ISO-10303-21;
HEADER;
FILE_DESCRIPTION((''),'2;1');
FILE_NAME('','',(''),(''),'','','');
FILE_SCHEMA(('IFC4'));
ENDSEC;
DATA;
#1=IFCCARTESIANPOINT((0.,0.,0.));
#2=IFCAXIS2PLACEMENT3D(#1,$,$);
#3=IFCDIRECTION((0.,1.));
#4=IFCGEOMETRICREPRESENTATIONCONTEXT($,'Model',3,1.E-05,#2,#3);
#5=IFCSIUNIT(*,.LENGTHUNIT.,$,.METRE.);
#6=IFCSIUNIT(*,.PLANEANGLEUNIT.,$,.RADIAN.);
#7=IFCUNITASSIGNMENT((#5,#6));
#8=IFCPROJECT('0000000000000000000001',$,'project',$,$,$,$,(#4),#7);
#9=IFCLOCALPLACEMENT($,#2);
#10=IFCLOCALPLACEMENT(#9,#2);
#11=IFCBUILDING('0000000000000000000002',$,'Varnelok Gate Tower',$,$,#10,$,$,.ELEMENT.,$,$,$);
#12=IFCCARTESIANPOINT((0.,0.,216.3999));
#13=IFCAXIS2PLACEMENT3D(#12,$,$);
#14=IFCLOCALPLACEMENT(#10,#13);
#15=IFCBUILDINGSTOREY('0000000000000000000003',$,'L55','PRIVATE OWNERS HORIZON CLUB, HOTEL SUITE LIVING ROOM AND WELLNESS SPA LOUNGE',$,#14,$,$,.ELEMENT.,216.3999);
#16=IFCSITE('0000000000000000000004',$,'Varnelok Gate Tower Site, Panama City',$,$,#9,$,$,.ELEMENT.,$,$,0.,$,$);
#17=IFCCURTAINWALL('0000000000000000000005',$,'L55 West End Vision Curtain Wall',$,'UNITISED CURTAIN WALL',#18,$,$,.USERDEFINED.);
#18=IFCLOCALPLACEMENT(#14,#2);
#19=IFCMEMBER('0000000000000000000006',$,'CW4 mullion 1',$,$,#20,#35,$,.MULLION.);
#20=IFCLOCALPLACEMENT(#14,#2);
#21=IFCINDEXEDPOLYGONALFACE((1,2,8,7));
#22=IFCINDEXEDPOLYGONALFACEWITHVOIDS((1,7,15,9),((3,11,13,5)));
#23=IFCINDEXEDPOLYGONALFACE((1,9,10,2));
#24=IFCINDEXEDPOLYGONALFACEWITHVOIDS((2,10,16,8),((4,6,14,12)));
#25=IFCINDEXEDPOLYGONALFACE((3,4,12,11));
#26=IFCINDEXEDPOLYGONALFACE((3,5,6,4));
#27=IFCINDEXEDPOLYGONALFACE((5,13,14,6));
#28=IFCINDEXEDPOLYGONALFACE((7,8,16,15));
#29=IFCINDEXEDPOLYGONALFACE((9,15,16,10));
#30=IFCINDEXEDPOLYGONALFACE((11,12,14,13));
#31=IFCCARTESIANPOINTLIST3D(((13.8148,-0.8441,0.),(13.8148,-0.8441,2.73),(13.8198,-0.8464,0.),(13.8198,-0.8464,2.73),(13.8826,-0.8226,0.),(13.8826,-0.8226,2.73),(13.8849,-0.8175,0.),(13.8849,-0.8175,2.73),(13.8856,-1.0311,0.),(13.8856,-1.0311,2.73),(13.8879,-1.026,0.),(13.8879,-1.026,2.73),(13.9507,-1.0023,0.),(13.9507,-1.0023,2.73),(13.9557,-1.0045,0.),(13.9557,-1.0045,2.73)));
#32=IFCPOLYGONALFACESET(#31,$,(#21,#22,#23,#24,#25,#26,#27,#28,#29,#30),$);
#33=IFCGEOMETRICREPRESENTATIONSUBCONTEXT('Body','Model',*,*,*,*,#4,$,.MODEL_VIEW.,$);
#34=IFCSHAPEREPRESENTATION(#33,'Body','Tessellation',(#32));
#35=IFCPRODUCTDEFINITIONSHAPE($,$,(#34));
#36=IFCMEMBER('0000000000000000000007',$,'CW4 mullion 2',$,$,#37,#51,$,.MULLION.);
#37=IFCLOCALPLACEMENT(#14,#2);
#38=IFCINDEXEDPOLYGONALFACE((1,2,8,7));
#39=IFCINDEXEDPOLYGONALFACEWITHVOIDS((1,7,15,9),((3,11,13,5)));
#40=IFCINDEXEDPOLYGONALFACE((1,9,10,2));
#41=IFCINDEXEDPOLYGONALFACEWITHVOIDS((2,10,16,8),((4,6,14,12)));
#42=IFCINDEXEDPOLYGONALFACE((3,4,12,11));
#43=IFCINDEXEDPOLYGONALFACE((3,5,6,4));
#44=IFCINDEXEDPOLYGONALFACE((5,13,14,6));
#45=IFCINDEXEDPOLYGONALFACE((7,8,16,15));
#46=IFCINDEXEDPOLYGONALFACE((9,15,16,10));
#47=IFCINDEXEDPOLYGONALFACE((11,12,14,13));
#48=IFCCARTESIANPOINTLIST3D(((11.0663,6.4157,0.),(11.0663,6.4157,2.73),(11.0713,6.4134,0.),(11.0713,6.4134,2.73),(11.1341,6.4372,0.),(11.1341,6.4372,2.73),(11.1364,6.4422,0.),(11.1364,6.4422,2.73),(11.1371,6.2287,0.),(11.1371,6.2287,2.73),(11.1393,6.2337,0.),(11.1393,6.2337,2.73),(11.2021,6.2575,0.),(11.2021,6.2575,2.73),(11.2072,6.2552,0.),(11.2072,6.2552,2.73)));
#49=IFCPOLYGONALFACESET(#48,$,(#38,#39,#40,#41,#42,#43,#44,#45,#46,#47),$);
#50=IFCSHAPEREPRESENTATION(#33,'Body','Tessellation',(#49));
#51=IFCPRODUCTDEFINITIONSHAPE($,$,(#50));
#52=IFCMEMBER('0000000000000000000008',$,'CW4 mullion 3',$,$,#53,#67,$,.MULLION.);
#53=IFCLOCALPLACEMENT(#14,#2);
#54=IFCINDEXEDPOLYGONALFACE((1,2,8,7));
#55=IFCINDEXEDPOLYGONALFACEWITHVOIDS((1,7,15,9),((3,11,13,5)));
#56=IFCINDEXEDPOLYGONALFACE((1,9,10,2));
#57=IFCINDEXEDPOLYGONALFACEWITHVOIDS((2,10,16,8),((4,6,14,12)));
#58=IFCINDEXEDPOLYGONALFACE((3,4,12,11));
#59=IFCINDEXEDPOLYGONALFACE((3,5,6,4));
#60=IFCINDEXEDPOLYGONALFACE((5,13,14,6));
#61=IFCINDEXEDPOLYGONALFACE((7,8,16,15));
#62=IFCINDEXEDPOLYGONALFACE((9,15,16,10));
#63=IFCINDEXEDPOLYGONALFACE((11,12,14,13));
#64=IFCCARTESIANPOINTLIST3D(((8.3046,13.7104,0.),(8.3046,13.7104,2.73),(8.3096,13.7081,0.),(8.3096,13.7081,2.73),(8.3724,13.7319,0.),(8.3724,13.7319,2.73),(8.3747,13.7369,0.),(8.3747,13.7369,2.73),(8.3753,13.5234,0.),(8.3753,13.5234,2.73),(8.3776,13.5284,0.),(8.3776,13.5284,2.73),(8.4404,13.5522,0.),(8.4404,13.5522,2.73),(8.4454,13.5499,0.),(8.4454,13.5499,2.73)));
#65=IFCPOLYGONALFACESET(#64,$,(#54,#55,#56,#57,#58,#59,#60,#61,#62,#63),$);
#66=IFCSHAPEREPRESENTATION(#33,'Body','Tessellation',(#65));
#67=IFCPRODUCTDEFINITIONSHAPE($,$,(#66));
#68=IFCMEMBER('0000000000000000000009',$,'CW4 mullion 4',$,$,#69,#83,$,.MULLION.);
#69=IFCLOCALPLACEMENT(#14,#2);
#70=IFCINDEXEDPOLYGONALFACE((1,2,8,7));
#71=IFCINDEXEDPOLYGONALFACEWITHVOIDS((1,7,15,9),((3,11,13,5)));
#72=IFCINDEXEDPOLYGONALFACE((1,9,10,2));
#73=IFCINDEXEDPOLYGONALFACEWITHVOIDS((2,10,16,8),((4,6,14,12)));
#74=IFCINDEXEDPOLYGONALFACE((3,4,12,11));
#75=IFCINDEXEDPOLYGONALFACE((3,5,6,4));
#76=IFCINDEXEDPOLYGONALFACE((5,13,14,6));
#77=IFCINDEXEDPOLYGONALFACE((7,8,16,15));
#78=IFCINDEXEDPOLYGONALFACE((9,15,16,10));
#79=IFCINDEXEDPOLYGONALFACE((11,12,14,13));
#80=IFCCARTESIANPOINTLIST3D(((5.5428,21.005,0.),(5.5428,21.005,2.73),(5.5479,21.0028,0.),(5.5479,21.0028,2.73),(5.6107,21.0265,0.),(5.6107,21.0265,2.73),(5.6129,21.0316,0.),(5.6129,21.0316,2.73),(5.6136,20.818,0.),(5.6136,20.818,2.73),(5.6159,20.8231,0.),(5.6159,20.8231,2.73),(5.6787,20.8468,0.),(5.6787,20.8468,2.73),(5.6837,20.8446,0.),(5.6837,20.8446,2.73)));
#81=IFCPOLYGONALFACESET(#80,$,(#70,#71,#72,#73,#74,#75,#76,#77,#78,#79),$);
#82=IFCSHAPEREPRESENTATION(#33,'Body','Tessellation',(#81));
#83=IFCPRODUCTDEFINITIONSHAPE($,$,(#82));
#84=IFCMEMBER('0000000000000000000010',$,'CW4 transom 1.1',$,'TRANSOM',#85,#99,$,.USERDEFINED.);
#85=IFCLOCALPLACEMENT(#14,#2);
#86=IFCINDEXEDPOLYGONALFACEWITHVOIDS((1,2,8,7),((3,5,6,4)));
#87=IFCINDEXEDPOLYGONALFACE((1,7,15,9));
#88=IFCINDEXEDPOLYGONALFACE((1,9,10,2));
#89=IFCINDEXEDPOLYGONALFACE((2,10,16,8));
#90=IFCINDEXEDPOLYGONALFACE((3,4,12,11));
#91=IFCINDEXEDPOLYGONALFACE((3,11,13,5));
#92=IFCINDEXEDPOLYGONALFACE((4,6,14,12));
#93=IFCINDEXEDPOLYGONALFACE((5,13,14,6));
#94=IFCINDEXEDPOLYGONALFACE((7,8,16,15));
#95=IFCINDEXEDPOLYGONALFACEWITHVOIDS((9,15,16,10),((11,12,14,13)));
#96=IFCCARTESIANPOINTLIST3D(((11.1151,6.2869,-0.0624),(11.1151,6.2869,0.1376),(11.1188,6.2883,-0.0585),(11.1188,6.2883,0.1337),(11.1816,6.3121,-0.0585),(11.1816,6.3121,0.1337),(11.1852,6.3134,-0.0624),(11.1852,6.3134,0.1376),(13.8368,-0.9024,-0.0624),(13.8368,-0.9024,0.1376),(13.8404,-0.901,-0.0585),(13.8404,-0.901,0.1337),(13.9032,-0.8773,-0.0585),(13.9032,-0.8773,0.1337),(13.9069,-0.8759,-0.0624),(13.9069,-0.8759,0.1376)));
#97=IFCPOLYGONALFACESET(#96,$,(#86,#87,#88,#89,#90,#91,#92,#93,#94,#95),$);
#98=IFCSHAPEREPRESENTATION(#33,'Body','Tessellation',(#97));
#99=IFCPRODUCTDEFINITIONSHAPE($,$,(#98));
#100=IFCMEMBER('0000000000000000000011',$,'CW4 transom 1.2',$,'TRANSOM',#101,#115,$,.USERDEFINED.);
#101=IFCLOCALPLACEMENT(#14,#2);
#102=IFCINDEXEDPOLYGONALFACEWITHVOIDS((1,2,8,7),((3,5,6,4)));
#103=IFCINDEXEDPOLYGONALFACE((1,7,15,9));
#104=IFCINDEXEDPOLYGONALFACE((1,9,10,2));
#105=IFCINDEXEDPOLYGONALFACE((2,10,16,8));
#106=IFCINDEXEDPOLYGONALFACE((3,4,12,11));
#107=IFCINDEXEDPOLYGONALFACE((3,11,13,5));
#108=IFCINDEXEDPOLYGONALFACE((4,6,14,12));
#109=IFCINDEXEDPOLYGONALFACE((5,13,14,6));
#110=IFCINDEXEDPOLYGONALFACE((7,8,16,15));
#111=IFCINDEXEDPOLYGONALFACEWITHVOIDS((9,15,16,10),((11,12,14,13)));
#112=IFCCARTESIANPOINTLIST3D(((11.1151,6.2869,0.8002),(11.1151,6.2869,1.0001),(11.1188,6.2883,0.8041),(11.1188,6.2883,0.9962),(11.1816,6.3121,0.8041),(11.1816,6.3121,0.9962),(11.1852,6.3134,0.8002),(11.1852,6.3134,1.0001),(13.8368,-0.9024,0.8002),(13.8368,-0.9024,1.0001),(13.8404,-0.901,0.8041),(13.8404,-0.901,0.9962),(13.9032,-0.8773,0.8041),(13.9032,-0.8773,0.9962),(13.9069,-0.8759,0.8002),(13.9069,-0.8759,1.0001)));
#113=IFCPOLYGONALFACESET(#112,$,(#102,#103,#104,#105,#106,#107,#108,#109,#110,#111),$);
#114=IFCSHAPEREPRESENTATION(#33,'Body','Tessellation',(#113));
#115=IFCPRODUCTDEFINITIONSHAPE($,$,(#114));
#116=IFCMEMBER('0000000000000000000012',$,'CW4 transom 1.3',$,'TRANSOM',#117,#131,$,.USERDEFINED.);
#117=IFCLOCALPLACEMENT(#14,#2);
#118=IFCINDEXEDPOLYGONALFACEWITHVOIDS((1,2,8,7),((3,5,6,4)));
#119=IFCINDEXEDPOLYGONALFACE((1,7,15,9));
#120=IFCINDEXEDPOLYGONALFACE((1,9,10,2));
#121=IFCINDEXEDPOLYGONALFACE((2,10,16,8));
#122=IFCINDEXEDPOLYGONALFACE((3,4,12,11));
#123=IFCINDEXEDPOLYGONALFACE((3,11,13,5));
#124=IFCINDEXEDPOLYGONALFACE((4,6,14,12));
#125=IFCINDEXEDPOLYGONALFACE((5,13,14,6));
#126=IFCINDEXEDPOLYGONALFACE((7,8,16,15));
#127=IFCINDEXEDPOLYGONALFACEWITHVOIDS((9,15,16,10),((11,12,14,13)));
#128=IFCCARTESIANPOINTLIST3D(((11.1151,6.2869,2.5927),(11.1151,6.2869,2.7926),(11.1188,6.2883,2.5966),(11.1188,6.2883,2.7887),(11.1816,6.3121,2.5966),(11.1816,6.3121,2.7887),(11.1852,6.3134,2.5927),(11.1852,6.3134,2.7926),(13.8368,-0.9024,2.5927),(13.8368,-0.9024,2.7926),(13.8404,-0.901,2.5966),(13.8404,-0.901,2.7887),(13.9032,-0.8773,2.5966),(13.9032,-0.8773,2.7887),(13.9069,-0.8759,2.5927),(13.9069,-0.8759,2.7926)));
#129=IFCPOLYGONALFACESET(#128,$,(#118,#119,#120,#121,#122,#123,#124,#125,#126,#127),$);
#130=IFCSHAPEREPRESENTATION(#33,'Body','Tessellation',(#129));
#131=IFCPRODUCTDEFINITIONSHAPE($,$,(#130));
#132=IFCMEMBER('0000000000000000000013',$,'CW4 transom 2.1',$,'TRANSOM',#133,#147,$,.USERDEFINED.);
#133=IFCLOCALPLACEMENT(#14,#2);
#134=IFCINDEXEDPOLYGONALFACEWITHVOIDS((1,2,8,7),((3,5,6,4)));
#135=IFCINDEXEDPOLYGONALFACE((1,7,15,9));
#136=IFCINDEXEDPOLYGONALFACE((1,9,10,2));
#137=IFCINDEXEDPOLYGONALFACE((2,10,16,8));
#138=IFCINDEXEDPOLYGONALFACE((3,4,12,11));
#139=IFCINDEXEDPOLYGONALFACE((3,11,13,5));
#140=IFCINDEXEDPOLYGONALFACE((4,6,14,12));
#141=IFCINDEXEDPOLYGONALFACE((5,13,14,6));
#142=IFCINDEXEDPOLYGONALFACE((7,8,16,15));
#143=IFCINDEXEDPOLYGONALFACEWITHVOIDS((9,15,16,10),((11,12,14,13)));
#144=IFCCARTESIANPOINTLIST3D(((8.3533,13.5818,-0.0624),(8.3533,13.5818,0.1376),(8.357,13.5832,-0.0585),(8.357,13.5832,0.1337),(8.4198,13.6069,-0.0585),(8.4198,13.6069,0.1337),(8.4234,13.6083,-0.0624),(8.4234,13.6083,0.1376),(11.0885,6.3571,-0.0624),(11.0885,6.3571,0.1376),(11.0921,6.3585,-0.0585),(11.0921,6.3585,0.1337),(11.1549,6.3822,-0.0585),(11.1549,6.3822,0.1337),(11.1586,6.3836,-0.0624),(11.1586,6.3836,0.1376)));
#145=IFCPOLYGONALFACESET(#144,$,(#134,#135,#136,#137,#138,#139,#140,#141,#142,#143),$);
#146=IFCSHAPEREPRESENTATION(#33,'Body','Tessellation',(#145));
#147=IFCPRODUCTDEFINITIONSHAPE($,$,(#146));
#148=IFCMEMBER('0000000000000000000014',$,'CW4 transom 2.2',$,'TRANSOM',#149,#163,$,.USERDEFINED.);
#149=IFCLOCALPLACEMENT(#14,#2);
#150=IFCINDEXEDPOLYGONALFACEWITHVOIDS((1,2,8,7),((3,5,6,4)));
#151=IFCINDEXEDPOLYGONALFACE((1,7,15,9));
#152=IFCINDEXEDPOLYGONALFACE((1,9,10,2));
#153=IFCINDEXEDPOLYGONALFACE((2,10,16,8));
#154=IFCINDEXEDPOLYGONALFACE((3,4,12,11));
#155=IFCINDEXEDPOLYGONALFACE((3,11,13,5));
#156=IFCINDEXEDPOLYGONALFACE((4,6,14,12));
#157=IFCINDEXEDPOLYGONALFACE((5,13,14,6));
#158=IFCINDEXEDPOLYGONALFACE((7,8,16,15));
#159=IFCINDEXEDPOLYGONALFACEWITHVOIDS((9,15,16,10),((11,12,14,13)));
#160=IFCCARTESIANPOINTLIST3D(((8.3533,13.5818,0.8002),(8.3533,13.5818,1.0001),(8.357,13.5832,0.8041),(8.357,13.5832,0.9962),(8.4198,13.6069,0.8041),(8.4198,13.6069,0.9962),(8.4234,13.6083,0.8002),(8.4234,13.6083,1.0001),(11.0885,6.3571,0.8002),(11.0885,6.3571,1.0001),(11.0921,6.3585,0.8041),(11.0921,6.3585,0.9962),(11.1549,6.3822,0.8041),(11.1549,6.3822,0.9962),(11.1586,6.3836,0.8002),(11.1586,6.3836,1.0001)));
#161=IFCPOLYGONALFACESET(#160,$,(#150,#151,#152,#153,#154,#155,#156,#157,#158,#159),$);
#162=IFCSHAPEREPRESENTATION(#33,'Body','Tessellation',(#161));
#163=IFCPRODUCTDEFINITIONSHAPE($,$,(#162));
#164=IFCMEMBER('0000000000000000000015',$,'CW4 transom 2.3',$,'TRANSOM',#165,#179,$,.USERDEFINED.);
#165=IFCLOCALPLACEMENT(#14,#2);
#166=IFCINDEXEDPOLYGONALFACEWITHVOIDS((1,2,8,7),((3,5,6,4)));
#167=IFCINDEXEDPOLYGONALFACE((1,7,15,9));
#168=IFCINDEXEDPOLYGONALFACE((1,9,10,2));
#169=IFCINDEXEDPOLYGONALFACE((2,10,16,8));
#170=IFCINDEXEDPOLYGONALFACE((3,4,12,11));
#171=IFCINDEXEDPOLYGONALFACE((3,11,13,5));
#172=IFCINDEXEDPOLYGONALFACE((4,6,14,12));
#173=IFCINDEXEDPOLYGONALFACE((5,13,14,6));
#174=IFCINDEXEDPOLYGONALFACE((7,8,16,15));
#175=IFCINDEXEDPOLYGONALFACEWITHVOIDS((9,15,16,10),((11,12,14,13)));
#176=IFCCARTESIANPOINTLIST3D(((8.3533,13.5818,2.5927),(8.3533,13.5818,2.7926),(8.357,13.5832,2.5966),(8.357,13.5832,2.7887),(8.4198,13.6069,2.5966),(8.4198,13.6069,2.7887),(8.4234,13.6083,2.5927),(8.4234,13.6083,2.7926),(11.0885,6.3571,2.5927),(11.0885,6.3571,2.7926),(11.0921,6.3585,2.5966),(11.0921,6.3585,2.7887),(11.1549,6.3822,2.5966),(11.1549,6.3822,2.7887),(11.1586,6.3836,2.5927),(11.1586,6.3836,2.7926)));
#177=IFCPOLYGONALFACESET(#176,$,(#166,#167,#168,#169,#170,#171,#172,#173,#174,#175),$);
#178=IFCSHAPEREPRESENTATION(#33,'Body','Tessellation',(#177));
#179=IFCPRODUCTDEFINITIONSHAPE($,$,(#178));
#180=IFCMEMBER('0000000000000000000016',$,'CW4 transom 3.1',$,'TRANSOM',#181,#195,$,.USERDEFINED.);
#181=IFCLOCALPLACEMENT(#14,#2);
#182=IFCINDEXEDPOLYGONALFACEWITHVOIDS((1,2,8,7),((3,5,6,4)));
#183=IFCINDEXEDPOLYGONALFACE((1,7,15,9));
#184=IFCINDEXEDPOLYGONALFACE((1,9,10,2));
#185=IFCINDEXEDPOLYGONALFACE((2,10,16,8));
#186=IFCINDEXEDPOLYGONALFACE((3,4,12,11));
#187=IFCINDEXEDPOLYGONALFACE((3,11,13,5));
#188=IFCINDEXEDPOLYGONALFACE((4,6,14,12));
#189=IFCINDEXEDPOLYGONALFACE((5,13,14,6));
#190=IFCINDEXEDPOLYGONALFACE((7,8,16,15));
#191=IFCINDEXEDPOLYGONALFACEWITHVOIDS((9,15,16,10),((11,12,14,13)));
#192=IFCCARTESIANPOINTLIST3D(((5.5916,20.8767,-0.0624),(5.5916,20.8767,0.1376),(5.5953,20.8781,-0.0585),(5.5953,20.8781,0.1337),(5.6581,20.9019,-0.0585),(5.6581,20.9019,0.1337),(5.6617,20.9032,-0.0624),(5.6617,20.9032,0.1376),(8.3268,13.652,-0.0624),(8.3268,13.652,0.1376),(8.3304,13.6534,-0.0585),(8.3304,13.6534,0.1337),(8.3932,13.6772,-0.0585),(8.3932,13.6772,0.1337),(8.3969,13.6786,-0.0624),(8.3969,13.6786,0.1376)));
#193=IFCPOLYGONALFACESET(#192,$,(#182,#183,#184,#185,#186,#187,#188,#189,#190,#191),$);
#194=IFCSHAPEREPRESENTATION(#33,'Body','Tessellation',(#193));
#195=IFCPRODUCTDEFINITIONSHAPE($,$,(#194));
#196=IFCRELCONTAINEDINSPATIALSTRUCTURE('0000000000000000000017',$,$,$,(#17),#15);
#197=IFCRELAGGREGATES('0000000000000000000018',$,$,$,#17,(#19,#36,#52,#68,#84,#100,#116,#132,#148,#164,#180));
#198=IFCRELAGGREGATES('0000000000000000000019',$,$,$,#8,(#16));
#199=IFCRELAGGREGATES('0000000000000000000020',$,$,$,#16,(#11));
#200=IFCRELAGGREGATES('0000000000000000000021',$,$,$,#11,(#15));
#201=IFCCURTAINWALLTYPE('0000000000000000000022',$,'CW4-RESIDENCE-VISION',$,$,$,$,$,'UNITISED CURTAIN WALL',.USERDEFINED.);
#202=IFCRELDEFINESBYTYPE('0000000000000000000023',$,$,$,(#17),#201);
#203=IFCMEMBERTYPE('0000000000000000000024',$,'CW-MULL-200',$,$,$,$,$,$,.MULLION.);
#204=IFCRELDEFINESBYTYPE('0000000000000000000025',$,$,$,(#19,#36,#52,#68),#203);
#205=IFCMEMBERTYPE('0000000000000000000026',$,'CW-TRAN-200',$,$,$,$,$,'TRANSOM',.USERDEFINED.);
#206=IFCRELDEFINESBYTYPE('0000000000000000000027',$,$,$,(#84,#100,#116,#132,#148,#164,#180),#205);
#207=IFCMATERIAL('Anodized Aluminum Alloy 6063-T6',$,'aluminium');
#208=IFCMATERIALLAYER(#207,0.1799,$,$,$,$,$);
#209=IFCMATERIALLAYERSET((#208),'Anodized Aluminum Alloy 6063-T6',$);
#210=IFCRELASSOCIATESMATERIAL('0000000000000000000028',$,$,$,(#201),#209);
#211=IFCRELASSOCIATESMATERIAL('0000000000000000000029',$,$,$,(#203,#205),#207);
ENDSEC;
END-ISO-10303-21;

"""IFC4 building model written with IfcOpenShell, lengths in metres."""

from ifc_helpers import new_model, si_unit, direction, frame, origin, origin_2d, place, context, subcontext, project, spatial, hollow_rectangle, extrude, material, layer, layer_set, material_profile, profile_set, type_object, element, aggregate, save


model = new_model("IFC4")

# Units and contexts
model_context = context("Model", 3, precision=1e-05, world=origin(), true_north=direction((0.0, 1.0)))
body_context = subcontext(model_context, "Body", "Model", "MODEL_VIEW")
ifc_project = project(units=[si_unit("LENGTHUNIT", "METRE"), si_unit("PLANEANGLEUNIT", "RADIAN")], contexts=[model_context])

# Site, building, storey
site_placement = place(None, origin())
site = spatial("IfcSite", under=ifc_project, at=site_placement, Name="Varnelok Gate Tower Site, Panama City", CompositionType="ELEMENT", RefElevation=0.0)
building_placement = place(site_placement, origin())
building = spatial("IfcBuilding", under=site, at=building_placement, Name="Varnelok Gate Tower", CompositionType="ELEMENT")
storey_placement = place(building_placement, frame((0.0, 0.0, 216.3999)))
storey = spatial("IfcBuildingStorey", under=building, at=storey_placement, Name="L55", Description="PRIVATE OWNERS HORIZON CLUB, HOTEL SUITE LIVING ROOM AND WELLNESS SPA LOUNGE", CompositionType="ELEMENT", Elevation=216.3999)

# Curtain wall, members
ifc_material_1 = material(Name="Anodized Aluminum Alloy 6063-T6", Category="aluminium")
ifc_layer_1 = layer(ifc_material_1, 0.1799)
ifc_layer_set_1 = layer_set([ifc_layer_1], Name="Anodized Aluminum Alloy 6063-T6")
curtain_wall_type = type_object("IfcCurtainWallType", Name="CW4-RESIDENCE-VISION", ElementType="UNITISED CURTAIN WALL", PredefinedType="USERDEFINED", material=ifc_layer_set_1)
curtain_wall_placement = place(storey_placement, origin())
curtain_wall = element("IfcCurtainWall", 1, at=curtain_wall_placement, inside=storey, type_object=curtain_wall_type, Name="L55 West End Vision Curtain Wall", ObjectType="UNITISED CURTAIN WALL", PredefinedType="USERDEFINED")
ifc_material_profile_1 = material_profile(ifc_material_1, hollow_rectangle(XDim=0.075, YDim=0.2, WallThickness=0.0039, at=origin_2d()), Name="ALU200X75X4")
ifc_profile_set_1 = profile_set([ifc_material_profile_1], Name="Anodized Aluminum Alloy 6063-T6")
member_type_1 = type_object("IfcMemberType", Name="CW-MULL-200", PredefinedType="MULLION", material=ifc_profile_set_1)
member_1_placement = place(storey_placement, frame((13.8853, -0.9243, 0.0), z_axis=(0.0, 0.0, 1.0), x_axis=(-0.935222, -0.354063, 0.0)))
member_1 = element("IfcMember", 2, at=member_1_placement, type_object=member_type_1, Name="CW4 mullion 1", PredefinedType="MULLION", context=body_context, shape_type="SweptSolid", body=[
    extrude(hollow_rectangle(XDim=0.075, YDim=0.2, WallThickness=0.0039, at=origin_2d()), origin(), (0.0, 0.0, 1.0), 2.73),
])
member_2_placement = place(storey_placement, frame((11.1367, 6.3354, 0.0), z_axis=(0.0, 0.0, 1.0), x_axis=(-0.935222, -0.354063, 0.0)))
member_2 = element("IfcMember", 3, at=member_2_placement, type_object=member_type_1, Name="CW4 mullion 2", PredefinedType="MULLION", context=body_context, shape_type="SweptSolid", body=[
    extrude(hollow_rectangle(XDim=0.075, YDim=0.2, WallThickness=0.0039, at=origin_2d()), origin(), (0.0, 0.0, 1.0), 2.73),
])
member_3_placement = place(storey_placement, frame((8.375, 13.6301, 0.0), z_axis=(0.0, 0.0, 1.0), x_axis=(-0.935222, -0.354063, 0.0)))
member_3 = element("IfcMember", 4, at=member_3_placement, type_object=member_type_1, Name="CW4 mullion 3", PredefinedType="MULLION", context=body_context, shape_type="SweptSolid", body=[
    extrude(hollow_rectangle(XDim=0.075, YDim=0.2, WallThickness=0.0039, at=origin_2d()), origin(), (0.0, 0.0, 1.0), 2.73),
])
member_4_placement = place(storey_placement, frame((5.6133, 20.9248, 0.0), z_axis=(0.0, 0.0, 1.0), x_axis=(-0.935222, -0.354063, 0.0)))
member_4 = element("IfcMember", 5, at=member_4_placement, type_object=member_type_1, Name="CW4 mullion 4", PredefinedType="MULLION", context=body_context, shape_type="SweptSolid", body=[
    extrude(hollow_rectangle(XDim=0.075, YDim=0.2, WallThickness=0.0039, at=origin_2d()), origin(), (0.0, 0.0, 1.0), 2.73),
])
ifc_material_profile_2 = material_profile(ifc_material_1, hollow_rectangle(XDim=0.075, YDim=0.2, WallThickness=0.0039, at=origin_2d()), Name="ALU200X75X4")
ifc_profile_set_2 = profile_set([ifc_material_profile_2], Name="Anodized Aluminum Alloy 6063-T6")
member_type_2 = type_object("IfcMemberType", Name="CW-TRAN-200", ElementType="TRANSOM", PredefinedType="USERDEFINED", material=ifc_profile_set_2)
member_5_placement = place(storey_placement, frame((13.8718, -0.8892, 0.0376), z_axis=(-0.354045, 0.935228, 0.0), x_axis=(-0.935228, -0.354045, 0.0)))
member_5 = element("IfcMember", 6, at=member_5_placement, type_object=member_type_2, Name="CW4 transom 1.1", ObjectType="TRANSOM", PredefinedType="USERDEFINED", context=body_context, shape_type="SweptSolid", body=[
    extrude(hollow_rectangle(XDim=0.075, YDim=0.2, WallThickness=0.0039, at=origin_2d()), origin(), (0.0, 0.0, 1.0), 7.6873),
])
member_6_placement = place(storey_placement, frame((13.8718, -0.8892, 0.9001), z_axis=(-0.354045, 0.935228, 0.0), x_axis=(-0.935228, -0.354045, 0.0)))
member_6 = element("IfcMember", 7, at=member_6_placement, type_object=member_type_2, Name="CW4 transom 1.2", ObjectType="TRANSOM", PredefinedType="USERDEFINED", context=body_context, shape_type="SweptSolid", body=[
    extrude(hollow_rectangle(XDim=0.075, YDim=0.2, WallThickness=0.0039, at=origin_2d()), origin(), (0.0, 0.0, 1.0), 7.6873),
])
member_7_placement = place(storey_placement, frame((13.8718, -0.8892, 2.6926), z_axis=(-0.354045, 0.935228, 0.0), x_axis=(-0.935228, -0.354045, 0.0)))
member_7 = element("IfcMember", 8, at=member_7_placement, type_object=member_type_2, Name="CW4 transom 1.3", ObjectType="TRANSOM", PredefinedType="USERDEFINED", context=body_context, shape_type="SweptSolid", body=[
    extrude(hollow_rectangle(XDim=0.075, YDim=0.2, WallThickness=0.0039, at=origin_2d()), origin(), (0.0, 0.0, 1.0), 7.6873),
])
member_8_placement = place(storey_placement, frame((11.1235, 6.3704, 0.0376), z_axis=(-0.354059, 0.935223, 0.0), x_axis=(-0.935223, -0.354059, 0.0)))
member_8 = element("IfcMember", 9, at=member_8_placement, type_object=member_type_2, Name="CW4 transom 2.1", ObjectType="TRANSOM", PredefinedType="USERDEFINED", context=body_context, shape_type="SweptSolid", body=[
    extrude(hollow_rectangle(XDim=0.075, YDim=0.2, WallThickness=0.0039, at=origin_2d()), origin(), (0.0, 0.0, 1.0), 7.7251),
])
member_9_placement = place(storey_placement, frame((11.1235, 6.3704, 0.9001), z_axis=(-0.354059, 0.935223, 0.0), x_axis=(-0.935223, -0.354059, 0.0)))
member_9 = element("IfcMember", 10, at=member_9_placement, type_object=member_type_2, Name="CW4 transom 2.2", ObjectType="TRANSOM", PredefinedType="USERDEFINED", context=body_context, shape_type="SweptSolid", body=[
    extrude(hollow_rectangle(XDim=0.075, YDim=0.2, WallThickness=0.0039, at=origin_2d()), origin(), (0.0, 0.0, 1.0), 7.7251),
])
member_10_placement = place(storey_placement, frame((11.1235, 6.3704, 2.6926), z_axis=(-0.354059, 0.935223, 0.0), x_axis=(-0.935223, -0.354059, 0.0)))
member_10 = element("IfcMember", 11, at=member_10_placement, type_object=member_type_2, Name="CW4 transom 2.3", ObjectType="TRANSOM", PredefinedType="USERDEFINED", context=body_context, shape_type="SweptSolid", body=[
    extrude(hollow_rectangle(XDim=0.075, YDim=0.2, WallThickness=0.0039, at=origin_2d()), origin(), (0.0, 0.0, 1.0), 7.7251),
])
member_11_placement = place(storey_placement, frame((8.3618, 13.6653, 0.0376), z_axis=(-0.354059, 0.935223, 0.0), x_axis=(-0.935223, -0.354059, 0.0)))
member_11 = element("IfcMember", 12, at=member_11_placement, type_object=member_type_2, Name="CW4 transom 3.1", ObjectType="TRANSOM", PredefinedType="USERDEFINED", context=body_context, shape_type="SweptSolid", body=[
    extrude(hollow_rectangle(XDim=0.075, YDim=0.2, WallThickness=0.0039, at=origin_2d()), origin(), (0.0, 0.0, 1.0), 7.7251),
])

aggregate(curtain_wall, [member_1, member_2, member_3, member_4, member_5, member_6, member_7, member_8, member_9, member_10, member_11])

save(model, "model.ifc")
